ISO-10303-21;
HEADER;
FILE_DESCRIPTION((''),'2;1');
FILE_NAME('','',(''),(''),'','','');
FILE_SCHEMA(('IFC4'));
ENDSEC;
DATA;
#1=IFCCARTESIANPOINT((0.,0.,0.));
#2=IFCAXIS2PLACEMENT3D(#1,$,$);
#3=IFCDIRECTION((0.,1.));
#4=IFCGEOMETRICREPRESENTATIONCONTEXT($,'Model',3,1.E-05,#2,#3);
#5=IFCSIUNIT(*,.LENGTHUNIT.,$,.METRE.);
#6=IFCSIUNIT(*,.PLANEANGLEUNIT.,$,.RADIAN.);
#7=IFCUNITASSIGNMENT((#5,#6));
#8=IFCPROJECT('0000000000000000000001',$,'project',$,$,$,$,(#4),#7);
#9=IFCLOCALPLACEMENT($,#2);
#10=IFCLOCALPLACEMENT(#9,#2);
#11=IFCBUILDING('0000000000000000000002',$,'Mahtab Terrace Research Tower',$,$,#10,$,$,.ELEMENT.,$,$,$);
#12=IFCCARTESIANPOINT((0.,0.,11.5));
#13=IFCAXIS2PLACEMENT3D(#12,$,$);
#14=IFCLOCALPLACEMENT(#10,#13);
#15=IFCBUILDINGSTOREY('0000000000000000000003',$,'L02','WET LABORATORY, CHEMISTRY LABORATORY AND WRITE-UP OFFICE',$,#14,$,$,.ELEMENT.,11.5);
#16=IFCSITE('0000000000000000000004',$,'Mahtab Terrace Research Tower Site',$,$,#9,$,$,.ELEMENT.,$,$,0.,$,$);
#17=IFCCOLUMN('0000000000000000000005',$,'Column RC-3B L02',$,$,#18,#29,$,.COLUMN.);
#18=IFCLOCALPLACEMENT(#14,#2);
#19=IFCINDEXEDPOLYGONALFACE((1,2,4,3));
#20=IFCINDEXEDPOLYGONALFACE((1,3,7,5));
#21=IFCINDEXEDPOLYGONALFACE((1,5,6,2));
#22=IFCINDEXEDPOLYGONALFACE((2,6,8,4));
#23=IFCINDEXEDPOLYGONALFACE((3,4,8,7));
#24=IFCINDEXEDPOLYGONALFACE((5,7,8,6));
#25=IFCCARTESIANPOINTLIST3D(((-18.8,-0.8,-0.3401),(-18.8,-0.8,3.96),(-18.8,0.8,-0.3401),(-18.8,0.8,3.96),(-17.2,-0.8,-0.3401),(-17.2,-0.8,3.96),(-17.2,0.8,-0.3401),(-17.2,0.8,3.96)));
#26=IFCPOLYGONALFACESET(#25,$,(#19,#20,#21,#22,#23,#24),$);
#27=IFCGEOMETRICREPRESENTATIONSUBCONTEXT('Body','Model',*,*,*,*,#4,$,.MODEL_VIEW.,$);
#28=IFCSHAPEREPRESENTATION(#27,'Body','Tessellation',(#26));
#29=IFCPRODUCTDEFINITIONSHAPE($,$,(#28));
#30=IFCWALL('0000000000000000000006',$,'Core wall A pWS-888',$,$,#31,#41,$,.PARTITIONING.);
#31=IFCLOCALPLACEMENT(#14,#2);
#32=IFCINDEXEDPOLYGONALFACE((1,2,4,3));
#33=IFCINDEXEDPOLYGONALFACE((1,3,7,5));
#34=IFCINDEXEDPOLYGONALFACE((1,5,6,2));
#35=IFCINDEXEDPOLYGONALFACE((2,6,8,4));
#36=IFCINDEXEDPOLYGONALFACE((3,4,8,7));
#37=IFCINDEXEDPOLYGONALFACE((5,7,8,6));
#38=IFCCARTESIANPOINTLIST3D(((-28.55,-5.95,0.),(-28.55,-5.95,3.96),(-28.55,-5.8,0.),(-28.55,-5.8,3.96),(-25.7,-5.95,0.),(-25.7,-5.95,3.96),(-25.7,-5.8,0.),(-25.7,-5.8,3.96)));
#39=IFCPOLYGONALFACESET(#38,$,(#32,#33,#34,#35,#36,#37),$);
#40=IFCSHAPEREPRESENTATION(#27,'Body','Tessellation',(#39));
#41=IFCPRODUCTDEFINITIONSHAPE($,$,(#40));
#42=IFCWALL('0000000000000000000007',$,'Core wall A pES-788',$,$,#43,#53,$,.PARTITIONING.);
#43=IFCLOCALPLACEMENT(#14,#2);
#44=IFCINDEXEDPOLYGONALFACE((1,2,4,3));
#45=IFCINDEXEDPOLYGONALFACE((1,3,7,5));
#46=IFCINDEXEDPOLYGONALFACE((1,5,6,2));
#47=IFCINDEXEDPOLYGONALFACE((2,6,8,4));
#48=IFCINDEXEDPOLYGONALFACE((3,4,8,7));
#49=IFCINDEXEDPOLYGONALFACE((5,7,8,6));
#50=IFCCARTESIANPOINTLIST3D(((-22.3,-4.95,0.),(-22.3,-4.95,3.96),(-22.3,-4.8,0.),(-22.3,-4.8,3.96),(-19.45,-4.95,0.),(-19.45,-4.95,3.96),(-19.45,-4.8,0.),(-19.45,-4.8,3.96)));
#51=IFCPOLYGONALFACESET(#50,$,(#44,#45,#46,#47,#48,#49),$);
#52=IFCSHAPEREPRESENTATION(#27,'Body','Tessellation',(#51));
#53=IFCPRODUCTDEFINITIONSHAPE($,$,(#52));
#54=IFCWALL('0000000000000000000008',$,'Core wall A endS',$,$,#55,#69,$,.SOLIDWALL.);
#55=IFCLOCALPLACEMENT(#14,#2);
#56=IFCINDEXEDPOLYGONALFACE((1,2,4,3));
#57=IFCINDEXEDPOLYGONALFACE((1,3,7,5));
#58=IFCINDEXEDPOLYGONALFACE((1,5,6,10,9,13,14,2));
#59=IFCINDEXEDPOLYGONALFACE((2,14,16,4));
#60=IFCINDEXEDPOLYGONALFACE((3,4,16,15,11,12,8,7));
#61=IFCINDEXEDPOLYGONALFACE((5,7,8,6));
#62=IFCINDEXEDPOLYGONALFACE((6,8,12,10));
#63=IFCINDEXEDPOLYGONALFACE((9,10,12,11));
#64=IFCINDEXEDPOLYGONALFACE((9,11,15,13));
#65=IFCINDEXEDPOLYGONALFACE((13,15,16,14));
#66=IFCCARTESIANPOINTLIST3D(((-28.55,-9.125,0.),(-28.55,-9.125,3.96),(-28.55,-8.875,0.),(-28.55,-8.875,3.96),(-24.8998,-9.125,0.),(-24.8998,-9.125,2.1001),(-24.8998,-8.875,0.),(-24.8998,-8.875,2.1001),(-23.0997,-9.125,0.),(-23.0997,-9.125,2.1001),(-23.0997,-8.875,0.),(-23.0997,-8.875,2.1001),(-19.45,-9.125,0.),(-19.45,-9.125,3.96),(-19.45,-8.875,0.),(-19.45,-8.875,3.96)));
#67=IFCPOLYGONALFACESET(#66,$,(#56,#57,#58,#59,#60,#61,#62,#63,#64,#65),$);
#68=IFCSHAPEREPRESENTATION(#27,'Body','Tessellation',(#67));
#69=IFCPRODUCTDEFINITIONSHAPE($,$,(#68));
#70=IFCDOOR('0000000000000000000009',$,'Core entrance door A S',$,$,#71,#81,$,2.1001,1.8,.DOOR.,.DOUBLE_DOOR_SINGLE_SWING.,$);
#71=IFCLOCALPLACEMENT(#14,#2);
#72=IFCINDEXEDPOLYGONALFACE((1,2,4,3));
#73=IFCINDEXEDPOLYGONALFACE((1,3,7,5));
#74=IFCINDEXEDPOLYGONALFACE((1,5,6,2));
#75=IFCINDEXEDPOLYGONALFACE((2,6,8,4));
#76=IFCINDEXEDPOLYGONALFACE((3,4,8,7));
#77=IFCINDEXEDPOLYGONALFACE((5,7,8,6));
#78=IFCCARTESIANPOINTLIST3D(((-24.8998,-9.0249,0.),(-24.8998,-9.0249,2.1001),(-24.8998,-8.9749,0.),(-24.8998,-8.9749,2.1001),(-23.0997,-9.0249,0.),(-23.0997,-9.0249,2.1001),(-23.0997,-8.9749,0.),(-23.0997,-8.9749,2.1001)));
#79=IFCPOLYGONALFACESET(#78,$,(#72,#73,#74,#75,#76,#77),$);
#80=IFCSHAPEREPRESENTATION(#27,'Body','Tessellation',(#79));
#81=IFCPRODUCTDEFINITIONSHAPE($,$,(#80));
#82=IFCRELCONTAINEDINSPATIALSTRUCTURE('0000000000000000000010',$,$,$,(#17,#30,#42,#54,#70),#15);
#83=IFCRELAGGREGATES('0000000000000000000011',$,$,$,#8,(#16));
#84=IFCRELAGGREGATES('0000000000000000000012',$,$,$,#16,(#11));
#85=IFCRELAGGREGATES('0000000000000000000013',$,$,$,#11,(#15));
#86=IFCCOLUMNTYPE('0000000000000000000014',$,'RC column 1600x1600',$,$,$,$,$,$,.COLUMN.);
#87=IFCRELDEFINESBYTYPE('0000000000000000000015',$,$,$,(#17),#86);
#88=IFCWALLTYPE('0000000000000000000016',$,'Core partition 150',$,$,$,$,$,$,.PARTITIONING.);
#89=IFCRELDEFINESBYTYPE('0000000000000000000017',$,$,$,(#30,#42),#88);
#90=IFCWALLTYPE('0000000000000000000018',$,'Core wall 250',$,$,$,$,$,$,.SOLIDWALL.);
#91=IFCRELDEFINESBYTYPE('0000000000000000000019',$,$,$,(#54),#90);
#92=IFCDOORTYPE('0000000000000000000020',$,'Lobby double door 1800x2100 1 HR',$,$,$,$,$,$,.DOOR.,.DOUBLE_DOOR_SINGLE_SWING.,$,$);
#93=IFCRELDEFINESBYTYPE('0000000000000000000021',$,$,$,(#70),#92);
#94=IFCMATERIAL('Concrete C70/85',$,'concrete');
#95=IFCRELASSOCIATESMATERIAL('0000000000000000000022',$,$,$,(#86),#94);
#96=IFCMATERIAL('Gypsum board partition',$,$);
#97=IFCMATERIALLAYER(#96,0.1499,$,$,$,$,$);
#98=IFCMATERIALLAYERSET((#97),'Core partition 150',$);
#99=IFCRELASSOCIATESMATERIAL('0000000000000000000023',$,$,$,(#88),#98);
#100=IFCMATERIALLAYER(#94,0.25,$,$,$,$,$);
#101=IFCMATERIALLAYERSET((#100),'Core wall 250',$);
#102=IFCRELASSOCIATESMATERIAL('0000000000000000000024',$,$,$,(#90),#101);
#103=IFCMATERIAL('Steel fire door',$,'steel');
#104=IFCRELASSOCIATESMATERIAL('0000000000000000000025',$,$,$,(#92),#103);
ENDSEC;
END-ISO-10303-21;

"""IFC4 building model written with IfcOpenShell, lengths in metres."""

from ifc_helpers import new_model, si_unit, direction, frame, frame_2d, origin, origin_2d, place, context, subcontext, project, spatial, rectangle, extrude, material, layer, layer_set, material_profile, profile_set, type_object, element, fill, save


model = new_model("IFC4")

# Units and contexts
model_context = context("Model", 3, precision=1e-05, world=origin(), true_north=direction((0.0, 1.0)))
body_context = subcontext(model_context, "Body", "Model", "MODEL_VIEW")
ifc_project = project(units=[si_unit("LENGTHUNIT", "METRE"), si_unit("PLANEANGLEUNIT", "RADIAN")], contexts=[model_context])

# Site, building, storey
site_placement = place(None, origin())
site = spatial("IfcSite", under=ifc_project, at=site_placement, Name="Mahtab Terrace Research Tower Site", CompositionType="ELEMENT", RefElevation=0.0)
building_placement = place(site_placement, origin())
building = spatial("IfcBuilding", under=site, at=building_placement, Name="Mahtab Terrace Research Tower", CompositionType="ELEMENT")
storey_placement = place(building_placement, frame((0.0, 0.0, 11.5)))
storey = spatial("IfcBuildingStorey", under=building, at=storey_placement, Name="L02", Description="WET LABORATORY, CHEMISTRY LABORATORY AND WRITE-UP OFFICE", CompositionType="ELEMENT", Elevation=11.5)

# Column
ifc_material_1 = material(Name="Concrete C70/85", Category="concrete")
ifc_material_profile = material_profile(ifc_material_1, rectangle(XDim=1.6001, YDim=1.6001, at=origin_2d()), Name="RC column 1600x1600")
ifc_profile_set = profile_set([ifc_material_profile], Name="Concrete C70/85")
column_type = type_object("IfcColumnType", Name="RC column 1600x1600", PredefinedType="COLUMN", material=ifc_profile_set)
column_placement = place(storey_placement, frame((-18.0, 0.0, -0.3401), z_axis=(0.0, 0.0, 1.0), x_axis=(1.0, 0.0, 0.0)))
element("IfcColumn", 1, at=column_placement, inside=storey, type_object=column_type, Name="Column RC-3B L02", PredefinedType="COLUMN", context=body_context, shape_type="SweptSolid", body=[
    extrude(rectangle(XDim=1.6001, YDim=1.6001, at=origin_2d()), origin(), (0.0, 0.0, 1.0), 4.3),
])

# Walls
ifc_material_2 = material(Name="Gypsum board partition")
ifc_layer_1 = layer(ifc_material_2, 0.1499)
ifc_layer_set_1 = layer_set([ifc_layer_1], Name="Core partition 150")
wall_type_1 = type_object("IfcWallType", Name="Core partition 150", PredefinedType="PARTITIONING", material=ifc_layer_set_1)
for number, where, z_axis, x_axis, name in (
    (2, (-28.55, -5.875, 0.0), (0.0, 0.0, 1.0), (1.0, 0.0, 0.0), "Core wall A pWS-888"),
    (3, (-22.3, -4.875, 0.0), (0.0, 0.0, 1.0), (1.0, 0.0, 0.0), "Core wall A pES-788"),
):
    element("IfcWall", number, at=place(storey_placement, frame(where, z_axis=z_axis, x_axis=x_axis)), inside=storey, type_object=wall_type_1, Name=name, PredefinedType="PARTITIONING", context=body_context, shape_type="SweptSolid", body=[
        extrude(rectangle(XDim=2.8501, YDim=0.1499, at=frame_2d((1.425, 0.0))), origin(), (0.0, 0.0, 1.0), 3.96),
    ])

# Wall, opening, door
ifc_layer_2 = layer(ifc_material_1, 0.25)
ifc_layer_set_2 = layer_set([ifc_layer_2], Name="Core wall 250")
wall_type_2 = type_object("IfcWallType", Name="Core wall 250", PredefinedType="SOLIDWALL", material=ifc_layer_set_2)
wall_1_placement = place(storey_placement, frame((-19.45, -9.0, 0.0), z_axis=(0.0, 0.0, 1.0), x_axis=(-1.0, 0.0, 0.0)))
wall_1 = element("IfcWall", 4, at=wall_1_placement, inside=storey, type_object=wall_type_2, Name="Core wall A endS", PredefinedType="SOLIDWALL", context=body_context, shape_type="SweptSolid", body=[
    extrude(rectangle(XDim=9.1001, YDim=0.25, at=frame_2d((4.55, 0.0))), origin(), (0.0, 0.0, 1.0), 3.96),
])
opening_1_placement = place(wall_1_placement, frame((3.6499, 0.0, 0.0)))
opening_1 = element("IfcOpeningElement", 5, at=opening_1_placement, cuts=wall_1, PredefinedType="OPENING", context=body_context, shape_type="SweptSolid", body=[
    extrude(rectangle(XDim=1.8, YDim=2.1001, at=frame_2d((0.8999, 1.05))), frame((0.0, 0.135, 0.0), z_axis=(0.0, -1.0, 0.0), x_axis=(1.0, 0.0, 0.0)), (0.0, 0.0, 1.0), 0.27),
])
ifc_material_3 = material(Name="Steel fire door", Category="steel")
door_type_1 = type_object("IfcDoorType", Name="Lobby double door 1800x2100 1 HR", OperationType="DOUBLE_DOOR_SINGLE_SWING", PredefinedType="DOOR", material=ifc_material_3)
door_1_placement = place(opening_1_placement, origin())
door_1 = element("IfcDoor", 6, at=door_1_placement, inside=storey, type_object=door_type_1, Name="Core entrance door A S", OperationType="DOUBLE_DOOR_SINGLE_SWING", OverallHeight=2.1001, OverallWidth=1.8, PredefinedType="DOOR", context=body_context, shape_type="SweptSolid", body=[
    extrude(rectangle(XDim=1.8, YDim=2.1001, at=frame_2d((0.8999, 1.05))), frame((0.0, 0.0249, 0.0), z_axis=(0.0, -1.0, 0.0), x_axis=(1.0, 0.0, 0.0)), (0.0, 0.0, 1.0), 0.05),
])
fill(opening_1, door_1)

save(model, "model.ifc")
